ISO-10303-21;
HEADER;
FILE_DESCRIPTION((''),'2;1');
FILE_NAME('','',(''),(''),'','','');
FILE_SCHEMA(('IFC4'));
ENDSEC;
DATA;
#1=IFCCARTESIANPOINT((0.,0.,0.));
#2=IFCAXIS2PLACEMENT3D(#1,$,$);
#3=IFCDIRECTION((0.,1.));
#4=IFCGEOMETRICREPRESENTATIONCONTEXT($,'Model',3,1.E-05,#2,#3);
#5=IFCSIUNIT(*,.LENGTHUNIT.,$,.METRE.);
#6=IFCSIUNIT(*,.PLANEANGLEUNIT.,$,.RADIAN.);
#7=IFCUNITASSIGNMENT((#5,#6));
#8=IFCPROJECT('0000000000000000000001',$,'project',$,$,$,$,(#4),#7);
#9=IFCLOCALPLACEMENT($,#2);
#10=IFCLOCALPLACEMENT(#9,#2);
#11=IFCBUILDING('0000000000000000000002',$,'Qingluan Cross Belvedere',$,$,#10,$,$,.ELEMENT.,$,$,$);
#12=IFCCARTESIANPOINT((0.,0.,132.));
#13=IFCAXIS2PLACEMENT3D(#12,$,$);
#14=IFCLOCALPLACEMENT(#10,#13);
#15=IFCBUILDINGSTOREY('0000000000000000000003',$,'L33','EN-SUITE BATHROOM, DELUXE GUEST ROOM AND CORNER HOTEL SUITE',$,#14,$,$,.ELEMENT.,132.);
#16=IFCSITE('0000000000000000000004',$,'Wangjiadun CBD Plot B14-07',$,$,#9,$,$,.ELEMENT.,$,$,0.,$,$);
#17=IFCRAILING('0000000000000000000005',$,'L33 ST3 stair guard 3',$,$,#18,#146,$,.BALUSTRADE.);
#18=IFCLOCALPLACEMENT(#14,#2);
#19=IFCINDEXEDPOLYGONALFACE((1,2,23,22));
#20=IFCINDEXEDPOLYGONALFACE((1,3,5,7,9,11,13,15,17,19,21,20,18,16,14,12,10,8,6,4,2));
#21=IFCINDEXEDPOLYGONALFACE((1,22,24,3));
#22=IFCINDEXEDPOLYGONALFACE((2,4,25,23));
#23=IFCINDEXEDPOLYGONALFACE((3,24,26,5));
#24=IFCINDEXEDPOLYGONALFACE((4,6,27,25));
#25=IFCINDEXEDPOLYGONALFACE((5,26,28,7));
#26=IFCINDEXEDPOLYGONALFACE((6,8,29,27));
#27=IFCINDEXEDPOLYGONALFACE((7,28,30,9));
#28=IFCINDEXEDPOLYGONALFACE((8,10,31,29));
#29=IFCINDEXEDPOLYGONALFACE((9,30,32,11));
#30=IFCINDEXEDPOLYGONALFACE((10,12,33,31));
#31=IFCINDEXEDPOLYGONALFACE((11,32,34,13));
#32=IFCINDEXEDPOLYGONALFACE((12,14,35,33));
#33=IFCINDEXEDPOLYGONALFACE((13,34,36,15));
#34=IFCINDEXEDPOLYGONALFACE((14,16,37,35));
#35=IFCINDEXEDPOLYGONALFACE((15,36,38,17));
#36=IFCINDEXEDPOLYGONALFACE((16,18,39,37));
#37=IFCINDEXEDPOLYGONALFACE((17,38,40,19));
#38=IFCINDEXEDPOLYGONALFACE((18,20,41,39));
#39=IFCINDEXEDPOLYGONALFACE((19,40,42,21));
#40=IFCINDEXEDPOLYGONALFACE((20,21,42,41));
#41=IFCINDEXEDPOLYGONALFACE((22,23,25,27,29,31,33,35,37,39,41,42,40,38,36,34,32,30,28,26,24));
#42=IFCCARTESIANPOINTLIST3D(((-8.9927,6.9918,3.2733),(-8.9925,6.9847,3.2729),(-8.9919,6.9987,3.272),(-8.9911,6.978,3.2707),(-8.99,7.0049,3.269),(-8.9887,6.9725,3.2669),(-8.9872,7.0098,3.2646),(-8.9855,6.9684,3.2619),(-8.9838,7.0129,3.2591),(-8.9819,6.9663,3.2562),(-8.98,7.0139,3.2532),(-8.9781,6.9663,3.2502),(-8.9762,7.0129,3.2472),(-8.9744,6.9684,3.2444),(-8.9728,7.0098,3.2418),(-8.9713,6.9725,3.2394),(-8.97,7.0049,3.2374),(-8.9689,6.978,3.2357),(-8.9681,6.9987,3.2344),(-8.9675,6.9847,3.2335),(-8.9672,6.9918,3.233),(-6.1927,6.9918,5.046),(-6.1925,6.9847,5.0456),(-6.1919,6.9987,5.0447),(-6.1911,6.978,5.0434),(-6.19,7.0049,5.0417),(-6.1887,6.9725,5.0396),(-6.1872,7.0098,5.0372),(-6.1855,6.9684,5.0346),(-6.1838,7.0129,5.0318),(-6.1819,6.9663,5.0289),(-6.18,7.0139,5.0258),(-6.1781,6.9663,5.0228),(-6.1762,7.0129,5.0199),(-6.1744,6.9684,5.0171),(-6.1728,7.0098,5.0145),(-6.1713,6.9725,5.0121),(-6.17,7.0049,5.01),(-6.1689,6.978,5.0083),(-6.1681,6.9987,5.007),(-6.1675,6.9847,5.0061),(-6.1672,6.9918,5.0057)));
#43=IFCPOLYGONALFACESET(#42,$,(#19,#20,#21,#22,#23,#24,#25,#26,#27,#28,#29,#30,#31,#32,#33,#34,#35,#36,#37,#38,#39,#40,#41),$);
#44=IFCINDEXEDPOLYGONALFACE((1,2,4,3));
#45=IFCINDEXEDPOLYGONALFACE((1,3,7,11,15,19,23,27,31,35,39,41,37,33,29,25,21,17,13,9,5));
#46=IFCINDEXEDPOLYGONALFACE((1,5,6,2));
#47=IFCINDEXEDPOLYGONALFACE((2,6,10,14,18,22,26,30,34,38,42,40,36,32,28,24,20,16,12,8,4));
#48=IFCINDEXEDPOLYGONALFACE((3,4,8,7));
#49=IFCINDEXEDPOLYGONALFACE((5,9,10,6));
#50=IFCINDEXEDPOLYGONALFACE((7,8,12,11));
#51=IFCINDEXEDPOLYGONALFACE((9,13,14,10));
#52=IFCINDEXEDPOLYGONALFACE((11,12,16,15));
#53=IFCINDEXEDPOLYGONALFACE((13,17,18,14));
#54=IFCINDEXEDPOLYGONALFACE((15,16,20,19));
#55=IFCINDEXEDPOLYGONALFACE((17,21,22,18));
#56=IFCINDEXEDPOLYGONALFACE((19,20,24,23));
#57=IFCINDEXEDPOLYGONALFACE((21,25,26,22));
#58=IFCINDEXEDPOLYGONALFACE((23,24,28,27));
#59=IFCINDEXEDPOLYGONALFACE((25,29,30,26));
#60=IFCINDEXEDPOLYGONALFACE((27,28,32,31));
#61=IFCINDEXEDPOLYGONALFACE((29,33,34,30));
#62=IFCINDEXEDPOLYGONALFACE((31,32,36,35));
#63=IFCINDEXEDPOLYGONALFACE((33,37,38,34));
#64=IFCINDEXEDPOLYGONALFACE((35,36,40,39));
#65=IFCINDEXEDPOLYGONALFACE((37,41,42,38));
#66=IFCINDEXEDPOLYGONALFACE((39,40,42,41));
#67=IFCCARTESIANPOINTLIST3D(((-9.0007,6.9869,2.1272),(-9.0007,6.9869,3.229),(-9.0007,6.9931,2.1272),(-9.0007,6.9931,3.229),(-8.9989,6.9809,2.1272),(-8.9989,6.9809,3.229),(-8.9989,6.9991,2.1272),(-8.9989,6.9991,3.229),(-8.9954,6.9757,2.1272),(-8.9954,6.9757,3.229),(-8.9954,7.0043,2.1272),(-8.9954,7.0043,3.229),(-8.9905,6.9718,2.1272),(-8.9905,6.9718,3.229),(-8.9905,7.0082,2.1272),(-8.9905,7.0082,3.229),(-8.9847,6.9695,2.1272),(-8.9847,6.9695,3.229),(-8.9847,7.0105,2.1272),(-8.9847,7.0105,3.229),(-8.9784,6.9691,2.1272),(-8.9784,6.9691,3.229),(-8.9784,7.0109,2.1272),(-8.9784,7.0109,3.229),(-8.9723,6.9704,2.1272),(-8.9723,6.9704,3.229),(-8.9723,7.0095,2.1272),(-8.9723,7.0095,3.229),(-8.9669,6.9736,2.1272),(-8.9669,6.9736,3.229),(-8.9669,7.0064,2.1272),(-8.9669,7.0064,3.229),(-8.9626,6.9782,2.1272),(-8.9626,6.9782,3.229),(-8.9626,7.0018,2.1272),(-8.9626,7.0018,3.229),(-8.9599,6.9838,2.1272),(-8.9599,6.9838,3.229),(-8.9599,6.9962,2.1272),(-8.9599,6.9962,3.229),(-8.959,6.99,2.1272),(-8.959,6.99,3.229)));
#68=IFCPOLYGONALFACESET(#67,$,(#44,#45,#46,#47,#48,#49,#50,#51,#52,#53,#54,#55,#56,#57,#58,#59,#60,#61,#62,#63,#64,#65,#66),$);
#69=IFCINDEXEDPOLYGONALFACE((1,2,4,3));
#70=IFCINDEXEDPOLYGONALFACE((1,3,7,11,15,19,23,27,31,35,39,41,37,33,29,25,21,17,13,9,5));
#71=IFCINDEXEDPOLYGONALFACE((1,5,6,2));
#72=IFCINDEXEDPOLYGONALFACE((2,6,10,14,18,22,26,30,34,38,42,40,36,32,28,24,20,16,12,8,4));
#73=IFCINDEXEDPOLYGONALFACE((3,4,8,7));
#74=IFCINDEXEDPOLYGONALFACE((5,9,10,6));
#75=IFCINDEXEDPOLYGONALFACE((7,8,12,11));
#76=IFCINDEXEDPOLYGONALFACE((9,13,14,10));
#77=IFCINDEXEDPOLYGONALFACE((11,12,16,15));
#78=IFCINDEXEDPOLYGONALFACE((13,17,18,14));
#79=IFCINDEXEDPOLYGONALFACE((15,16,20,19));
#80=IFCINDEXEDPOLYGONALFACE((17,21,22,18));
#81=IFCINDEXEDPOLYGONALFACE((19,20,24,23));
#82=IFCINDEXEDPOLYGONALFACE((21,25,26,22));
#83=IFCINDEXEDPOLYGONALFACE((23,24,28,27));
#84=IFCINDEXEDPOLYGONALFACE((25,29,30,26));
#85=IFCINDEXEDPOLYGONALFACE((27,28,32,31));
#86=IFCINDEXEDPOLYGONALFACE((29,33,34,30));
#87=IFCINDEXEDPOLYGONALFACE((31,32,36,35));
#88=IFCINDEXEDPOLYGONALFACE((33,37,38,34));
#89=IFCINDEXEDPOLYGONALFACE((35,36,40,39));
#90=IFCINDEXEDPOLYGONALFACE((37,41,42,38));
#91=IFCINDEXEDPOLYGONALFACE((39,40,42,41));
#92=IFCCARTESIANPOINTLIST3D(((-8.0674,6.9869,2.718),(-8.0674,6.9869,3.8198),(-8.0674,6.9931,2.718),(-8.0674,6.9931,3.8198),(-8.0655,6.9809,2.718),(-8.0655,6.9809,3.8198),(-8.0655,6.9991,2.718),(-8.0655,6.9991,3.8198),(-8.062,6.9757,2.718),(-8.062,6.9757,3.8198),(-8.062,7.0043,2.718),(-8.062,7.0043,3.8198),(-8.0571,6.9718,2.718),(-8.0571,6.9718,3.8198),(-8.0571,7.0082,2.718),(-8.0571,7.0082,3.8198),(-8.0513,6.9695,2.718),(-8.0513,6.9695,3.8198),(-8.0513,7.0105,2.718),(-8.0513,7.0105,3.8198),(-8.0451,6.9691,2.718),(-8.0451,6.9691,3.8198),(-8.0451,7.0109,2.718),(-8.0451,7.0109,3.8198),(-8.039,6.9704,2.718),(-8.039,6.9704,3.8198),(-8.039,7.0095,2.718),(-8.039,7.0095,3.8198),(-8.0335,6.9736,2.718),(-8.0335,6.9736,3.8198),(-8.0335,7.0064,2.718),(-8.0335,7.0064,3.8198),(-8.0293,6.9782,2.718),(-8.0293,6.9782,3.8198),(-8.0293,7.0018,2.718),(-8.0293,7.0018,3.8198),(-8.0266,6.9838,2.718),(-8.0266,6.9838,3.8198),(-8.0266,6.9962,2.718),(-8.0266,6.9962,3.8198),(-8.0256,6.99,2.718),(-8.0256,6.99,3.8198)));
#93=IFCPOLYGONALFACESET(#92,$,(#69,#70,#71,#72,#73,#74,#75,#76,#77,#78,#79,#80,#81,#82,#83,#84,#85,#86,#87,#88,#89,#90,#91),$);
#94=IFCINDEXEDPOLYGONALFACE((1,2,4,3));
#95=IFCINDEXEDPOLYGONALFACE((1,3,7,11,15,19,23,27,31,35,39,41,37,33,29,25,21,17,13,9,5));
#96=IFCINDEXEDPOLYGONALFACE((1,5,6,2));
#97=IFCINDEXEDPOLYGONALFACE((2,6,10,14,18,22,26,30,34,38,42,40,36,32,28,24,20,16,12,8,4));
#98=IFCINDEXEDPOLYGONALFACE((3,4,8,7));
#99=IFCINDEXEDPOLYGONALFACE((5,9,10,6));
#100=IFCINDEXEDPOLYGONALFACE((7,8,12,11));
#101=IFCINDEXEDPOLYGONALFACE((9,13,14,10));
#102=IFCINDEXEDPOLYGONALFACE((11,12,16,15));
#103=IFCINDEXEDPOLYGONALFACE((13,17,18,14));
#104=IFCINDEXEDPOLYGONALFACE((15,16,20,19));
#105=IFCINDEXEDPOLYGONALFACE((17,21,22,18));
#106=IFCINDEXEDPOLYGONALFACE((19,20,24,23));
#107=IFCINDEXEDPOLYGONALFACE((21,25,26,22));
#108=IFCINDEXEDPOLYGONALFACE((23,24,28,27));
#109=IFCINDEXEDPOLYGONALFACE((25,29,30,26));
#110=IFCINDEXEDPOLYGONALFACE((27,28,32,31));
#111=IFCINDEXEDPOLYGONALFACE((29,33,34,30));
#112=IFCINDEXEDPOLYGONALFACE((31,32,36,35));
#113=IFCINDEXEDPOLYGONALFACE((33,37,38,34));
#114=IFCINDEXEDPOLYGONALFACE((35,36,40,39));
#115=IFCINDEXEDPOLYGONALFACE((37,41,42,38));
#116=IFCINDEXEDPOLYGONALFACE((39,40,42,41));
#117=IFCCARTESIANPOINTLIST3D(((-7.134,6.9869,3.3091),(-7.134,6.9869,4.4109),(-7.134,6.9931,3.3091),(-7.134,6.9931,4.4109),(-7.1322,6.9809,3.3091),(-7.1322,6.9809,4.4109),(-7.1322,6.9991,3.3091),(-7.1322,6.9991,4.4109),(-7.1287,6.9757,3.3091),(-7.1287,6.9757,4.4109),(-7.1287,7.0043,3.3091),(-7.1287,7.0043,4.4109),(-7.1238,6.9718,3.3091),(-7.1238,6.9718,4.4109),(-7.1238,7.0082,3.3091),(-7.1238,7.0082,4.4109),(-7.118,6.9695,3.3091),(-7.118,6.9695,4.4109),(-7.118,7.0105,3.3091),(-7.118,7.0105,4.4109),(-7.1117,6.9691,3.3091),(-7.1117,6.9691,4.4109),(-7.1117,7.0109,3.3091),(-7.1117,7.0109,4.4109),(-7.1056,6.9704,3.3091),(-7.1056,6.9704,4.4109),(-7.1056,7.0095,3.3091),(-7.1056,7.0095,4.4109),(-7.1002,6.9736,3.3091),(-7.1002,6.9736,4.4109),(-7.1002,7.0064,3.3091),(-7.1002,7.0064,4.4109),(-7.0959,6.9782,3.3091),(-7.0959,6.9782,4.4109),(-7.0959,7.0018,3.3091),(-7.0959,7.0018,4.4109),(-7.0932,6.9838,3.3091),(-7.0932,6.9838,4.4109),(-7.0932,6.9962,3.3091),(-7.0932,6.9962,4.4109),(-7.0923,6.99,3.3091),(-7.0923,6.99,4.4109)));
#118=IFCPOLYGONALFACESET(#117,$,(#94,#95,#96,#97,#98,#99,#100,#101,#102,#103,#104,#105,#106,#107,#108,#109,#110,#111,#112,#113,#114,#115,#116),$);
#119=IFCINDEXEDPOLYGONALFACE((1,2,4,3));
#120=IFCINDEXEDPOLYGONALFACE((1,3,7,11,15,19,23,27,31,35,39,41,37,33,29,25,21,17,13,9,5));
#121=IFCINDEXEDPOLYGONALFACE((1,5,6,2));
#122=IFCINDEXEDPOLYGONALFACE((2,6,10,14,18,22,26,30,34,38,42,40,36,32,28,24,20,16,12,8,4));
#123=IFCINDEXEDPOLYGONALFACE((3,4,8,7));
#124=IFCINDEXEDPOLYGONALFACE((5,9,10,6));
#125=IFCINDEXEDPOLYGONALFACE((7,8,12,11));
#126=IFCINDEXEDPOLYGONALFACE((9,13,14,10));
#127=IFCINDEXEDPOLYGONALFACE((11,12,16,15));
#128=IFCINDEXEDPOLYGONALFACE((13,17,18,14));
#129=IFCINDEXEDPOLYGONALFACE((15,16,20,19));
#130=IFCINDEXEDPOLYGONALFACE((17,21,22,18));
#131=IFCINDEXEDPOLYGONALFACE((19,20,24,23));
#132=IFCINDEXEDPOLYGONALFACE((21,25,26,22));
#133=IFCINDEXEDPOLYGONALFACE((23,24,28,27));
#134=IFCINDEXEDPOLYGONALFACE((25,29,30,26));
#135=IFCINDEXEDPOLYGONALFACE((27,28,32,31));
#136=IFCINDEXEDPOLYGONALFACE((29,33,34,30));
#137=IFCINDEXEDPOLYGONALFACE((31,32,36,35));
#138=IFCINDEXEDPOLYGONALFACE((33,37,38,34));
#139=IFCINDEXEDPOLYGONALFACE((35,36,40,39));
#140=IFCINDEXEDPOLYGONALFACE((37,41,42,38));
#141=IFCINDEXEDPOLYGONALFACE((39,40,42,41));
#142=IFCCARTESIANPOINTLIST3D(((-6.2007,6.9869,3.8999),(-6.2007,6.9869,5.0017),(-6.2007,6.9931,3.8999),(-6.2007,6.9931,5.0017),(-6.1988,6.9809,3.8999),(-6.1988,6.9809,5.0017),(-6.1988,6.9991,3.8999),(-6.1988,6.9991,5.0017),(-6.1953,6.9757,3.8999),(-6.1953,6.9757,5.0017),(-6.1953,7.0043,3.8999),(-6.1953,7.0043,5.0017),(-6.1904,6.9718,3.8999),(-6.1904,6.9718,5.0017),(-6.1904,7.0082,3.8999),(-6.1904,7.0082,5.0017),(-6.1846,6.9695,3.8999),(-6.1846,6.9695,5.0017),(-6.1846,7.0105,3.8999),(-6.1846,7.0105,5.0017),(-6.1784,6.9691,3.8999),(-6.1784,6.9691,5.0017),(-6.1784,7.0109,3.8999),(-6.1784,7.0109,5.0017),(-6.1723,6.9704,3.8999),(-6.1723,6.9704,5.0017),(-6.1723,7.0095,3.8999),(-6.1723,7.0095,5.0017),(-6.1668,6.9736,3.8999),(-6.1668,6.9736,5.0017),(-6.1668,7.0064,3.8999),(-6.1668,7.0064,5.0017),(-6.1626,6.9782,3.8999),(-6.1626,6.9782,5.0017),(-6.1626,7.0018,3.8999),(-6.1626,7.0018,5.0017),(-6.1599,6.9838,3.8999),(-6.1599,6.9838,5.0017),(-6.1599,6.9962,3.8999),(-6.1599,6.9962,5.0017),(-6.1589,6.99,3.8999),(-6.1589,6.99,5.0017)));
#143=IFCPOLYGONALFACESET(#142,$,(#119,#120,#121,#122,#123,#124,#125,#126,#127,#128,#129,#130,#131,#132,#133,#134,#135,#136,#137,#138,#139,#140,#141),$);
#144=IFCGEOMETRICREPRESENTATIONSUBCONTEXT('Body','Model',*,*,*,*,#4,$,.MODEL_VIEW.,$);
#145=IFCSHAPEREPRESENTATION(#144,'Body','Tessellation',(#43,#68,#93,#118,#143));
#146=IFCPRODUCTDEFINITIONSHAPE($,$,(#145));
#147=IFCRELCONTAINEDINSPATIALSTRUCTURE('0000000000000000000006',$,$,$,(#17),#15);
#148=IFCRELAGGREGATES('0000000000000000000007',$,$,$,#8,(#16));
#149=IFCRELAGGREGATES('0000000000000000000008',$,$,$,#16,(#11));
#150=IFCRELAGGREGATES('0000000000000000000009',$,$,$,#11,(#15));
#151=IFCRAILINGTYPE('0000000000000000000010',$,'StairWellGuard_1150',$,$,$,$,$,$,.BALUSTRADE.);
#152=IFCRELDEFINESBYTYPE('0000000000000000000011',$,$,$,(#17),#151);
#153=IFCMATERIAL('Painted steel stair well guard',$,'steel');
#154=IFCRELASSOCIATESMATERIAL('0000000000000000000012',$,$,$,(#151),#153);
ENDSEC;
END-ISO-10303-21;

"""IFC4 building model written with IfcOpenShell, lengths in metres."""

from ifc_helpers import new_model, si_unit, direction, frame, origin, origin_2d, place, context, subcontext, project, spatial, circle, extrude, material, type_object, element, save


model = new_model("IFC4")

# Units and contexts
model_context = context("Model", 3, precision=1e-05, world=origin(), true_north=direction((0.0, 1.0)))
body_context = subcontext(model_context, "Body", "Model", "MODEL_VIEW")
ifc_project = project(units=[si_unit("LENGTHUNIT", "METRE"), si_unit("PLANEANGLEUNIT", "RADIAN")], contexts=[model_context])

# Site, building, storey
site_placement = place(None, origin())
site = spatial("IfcSite", under=ifc_project, at=site_placement, Name="Wangjiadun CBD Plot B14-07", CompositionType="ELEMENT", RefElevation=0.0)
building_placement = place(site_placement, origin())
building = spatial("IfcBuilding", under=site, at=building_placement, Name="Qingluan Cross Belvedere", CompositionType="ELEMENT")
storey_placement = place(building_placement, frame((0.0, 0.0, 132.0)))
storey = spatial("IfcBuildingStorey", under=building, at=storey_placement, Name="L33", Description="EN-SUITE BATHROOM, DELUXE GUEST ROOM AND CORNER HOTEL SUITE", CompositionType="ELEMENT", Elevation=132.0)

# Railing
ifc_material_1 = material(Name="Painted steel stair well guard", Category="steel")
railing_type_1 = type_object("IfcRailingType", Name="StairWellGuard_1150", PredefinedType="BALUSTRADE", material=ifc_material_1)
railing_1_placement = place(storey_placement, frame((-8.98, 6.99, 2.1272)))
element("IfcRailing", 1, at=railing_1_placement, inside=storey, type_object=railing_type_1, Name="L33 ST3 stair guard 3", PredefinedType="BALUSTRADE", context=body_context, shape_type="SweptSolid", body=[
    extrude(circle(Radius=0.0239, at=origin_2d()), frame((0.0, 0.0, 1.126), z_axis=(0.844909, 0.0, 0.53491), x_axis=(0.0, 1.0, 0.0)), (0.0, 0.0, 1.0), 3.314),
    extrude(circle(Radius=0.021, at=origin_2d()), origin(), (0.0, 0.0, 1.0), 1.1018),
    extrude(circle(Radius=0.021, at=origin_2d()), frame((0.9333, 0.0, 0.5908)), (0.0, 0.0, 1.0), 1.1018),
    extrude(circle(Radius=0.021, at=origin_2d()), frame((1.8667, 0.0, 1.1819)), (0.0, 0.0, 1.0), 1.1018),
    extrude(circle(Radius=0.021, at=origin_2d()), frame((2.8, 0.0, 1.7727)), (0.0, 0.0, 1.0), 1.1018),
])

save(model, "model.ifc")
